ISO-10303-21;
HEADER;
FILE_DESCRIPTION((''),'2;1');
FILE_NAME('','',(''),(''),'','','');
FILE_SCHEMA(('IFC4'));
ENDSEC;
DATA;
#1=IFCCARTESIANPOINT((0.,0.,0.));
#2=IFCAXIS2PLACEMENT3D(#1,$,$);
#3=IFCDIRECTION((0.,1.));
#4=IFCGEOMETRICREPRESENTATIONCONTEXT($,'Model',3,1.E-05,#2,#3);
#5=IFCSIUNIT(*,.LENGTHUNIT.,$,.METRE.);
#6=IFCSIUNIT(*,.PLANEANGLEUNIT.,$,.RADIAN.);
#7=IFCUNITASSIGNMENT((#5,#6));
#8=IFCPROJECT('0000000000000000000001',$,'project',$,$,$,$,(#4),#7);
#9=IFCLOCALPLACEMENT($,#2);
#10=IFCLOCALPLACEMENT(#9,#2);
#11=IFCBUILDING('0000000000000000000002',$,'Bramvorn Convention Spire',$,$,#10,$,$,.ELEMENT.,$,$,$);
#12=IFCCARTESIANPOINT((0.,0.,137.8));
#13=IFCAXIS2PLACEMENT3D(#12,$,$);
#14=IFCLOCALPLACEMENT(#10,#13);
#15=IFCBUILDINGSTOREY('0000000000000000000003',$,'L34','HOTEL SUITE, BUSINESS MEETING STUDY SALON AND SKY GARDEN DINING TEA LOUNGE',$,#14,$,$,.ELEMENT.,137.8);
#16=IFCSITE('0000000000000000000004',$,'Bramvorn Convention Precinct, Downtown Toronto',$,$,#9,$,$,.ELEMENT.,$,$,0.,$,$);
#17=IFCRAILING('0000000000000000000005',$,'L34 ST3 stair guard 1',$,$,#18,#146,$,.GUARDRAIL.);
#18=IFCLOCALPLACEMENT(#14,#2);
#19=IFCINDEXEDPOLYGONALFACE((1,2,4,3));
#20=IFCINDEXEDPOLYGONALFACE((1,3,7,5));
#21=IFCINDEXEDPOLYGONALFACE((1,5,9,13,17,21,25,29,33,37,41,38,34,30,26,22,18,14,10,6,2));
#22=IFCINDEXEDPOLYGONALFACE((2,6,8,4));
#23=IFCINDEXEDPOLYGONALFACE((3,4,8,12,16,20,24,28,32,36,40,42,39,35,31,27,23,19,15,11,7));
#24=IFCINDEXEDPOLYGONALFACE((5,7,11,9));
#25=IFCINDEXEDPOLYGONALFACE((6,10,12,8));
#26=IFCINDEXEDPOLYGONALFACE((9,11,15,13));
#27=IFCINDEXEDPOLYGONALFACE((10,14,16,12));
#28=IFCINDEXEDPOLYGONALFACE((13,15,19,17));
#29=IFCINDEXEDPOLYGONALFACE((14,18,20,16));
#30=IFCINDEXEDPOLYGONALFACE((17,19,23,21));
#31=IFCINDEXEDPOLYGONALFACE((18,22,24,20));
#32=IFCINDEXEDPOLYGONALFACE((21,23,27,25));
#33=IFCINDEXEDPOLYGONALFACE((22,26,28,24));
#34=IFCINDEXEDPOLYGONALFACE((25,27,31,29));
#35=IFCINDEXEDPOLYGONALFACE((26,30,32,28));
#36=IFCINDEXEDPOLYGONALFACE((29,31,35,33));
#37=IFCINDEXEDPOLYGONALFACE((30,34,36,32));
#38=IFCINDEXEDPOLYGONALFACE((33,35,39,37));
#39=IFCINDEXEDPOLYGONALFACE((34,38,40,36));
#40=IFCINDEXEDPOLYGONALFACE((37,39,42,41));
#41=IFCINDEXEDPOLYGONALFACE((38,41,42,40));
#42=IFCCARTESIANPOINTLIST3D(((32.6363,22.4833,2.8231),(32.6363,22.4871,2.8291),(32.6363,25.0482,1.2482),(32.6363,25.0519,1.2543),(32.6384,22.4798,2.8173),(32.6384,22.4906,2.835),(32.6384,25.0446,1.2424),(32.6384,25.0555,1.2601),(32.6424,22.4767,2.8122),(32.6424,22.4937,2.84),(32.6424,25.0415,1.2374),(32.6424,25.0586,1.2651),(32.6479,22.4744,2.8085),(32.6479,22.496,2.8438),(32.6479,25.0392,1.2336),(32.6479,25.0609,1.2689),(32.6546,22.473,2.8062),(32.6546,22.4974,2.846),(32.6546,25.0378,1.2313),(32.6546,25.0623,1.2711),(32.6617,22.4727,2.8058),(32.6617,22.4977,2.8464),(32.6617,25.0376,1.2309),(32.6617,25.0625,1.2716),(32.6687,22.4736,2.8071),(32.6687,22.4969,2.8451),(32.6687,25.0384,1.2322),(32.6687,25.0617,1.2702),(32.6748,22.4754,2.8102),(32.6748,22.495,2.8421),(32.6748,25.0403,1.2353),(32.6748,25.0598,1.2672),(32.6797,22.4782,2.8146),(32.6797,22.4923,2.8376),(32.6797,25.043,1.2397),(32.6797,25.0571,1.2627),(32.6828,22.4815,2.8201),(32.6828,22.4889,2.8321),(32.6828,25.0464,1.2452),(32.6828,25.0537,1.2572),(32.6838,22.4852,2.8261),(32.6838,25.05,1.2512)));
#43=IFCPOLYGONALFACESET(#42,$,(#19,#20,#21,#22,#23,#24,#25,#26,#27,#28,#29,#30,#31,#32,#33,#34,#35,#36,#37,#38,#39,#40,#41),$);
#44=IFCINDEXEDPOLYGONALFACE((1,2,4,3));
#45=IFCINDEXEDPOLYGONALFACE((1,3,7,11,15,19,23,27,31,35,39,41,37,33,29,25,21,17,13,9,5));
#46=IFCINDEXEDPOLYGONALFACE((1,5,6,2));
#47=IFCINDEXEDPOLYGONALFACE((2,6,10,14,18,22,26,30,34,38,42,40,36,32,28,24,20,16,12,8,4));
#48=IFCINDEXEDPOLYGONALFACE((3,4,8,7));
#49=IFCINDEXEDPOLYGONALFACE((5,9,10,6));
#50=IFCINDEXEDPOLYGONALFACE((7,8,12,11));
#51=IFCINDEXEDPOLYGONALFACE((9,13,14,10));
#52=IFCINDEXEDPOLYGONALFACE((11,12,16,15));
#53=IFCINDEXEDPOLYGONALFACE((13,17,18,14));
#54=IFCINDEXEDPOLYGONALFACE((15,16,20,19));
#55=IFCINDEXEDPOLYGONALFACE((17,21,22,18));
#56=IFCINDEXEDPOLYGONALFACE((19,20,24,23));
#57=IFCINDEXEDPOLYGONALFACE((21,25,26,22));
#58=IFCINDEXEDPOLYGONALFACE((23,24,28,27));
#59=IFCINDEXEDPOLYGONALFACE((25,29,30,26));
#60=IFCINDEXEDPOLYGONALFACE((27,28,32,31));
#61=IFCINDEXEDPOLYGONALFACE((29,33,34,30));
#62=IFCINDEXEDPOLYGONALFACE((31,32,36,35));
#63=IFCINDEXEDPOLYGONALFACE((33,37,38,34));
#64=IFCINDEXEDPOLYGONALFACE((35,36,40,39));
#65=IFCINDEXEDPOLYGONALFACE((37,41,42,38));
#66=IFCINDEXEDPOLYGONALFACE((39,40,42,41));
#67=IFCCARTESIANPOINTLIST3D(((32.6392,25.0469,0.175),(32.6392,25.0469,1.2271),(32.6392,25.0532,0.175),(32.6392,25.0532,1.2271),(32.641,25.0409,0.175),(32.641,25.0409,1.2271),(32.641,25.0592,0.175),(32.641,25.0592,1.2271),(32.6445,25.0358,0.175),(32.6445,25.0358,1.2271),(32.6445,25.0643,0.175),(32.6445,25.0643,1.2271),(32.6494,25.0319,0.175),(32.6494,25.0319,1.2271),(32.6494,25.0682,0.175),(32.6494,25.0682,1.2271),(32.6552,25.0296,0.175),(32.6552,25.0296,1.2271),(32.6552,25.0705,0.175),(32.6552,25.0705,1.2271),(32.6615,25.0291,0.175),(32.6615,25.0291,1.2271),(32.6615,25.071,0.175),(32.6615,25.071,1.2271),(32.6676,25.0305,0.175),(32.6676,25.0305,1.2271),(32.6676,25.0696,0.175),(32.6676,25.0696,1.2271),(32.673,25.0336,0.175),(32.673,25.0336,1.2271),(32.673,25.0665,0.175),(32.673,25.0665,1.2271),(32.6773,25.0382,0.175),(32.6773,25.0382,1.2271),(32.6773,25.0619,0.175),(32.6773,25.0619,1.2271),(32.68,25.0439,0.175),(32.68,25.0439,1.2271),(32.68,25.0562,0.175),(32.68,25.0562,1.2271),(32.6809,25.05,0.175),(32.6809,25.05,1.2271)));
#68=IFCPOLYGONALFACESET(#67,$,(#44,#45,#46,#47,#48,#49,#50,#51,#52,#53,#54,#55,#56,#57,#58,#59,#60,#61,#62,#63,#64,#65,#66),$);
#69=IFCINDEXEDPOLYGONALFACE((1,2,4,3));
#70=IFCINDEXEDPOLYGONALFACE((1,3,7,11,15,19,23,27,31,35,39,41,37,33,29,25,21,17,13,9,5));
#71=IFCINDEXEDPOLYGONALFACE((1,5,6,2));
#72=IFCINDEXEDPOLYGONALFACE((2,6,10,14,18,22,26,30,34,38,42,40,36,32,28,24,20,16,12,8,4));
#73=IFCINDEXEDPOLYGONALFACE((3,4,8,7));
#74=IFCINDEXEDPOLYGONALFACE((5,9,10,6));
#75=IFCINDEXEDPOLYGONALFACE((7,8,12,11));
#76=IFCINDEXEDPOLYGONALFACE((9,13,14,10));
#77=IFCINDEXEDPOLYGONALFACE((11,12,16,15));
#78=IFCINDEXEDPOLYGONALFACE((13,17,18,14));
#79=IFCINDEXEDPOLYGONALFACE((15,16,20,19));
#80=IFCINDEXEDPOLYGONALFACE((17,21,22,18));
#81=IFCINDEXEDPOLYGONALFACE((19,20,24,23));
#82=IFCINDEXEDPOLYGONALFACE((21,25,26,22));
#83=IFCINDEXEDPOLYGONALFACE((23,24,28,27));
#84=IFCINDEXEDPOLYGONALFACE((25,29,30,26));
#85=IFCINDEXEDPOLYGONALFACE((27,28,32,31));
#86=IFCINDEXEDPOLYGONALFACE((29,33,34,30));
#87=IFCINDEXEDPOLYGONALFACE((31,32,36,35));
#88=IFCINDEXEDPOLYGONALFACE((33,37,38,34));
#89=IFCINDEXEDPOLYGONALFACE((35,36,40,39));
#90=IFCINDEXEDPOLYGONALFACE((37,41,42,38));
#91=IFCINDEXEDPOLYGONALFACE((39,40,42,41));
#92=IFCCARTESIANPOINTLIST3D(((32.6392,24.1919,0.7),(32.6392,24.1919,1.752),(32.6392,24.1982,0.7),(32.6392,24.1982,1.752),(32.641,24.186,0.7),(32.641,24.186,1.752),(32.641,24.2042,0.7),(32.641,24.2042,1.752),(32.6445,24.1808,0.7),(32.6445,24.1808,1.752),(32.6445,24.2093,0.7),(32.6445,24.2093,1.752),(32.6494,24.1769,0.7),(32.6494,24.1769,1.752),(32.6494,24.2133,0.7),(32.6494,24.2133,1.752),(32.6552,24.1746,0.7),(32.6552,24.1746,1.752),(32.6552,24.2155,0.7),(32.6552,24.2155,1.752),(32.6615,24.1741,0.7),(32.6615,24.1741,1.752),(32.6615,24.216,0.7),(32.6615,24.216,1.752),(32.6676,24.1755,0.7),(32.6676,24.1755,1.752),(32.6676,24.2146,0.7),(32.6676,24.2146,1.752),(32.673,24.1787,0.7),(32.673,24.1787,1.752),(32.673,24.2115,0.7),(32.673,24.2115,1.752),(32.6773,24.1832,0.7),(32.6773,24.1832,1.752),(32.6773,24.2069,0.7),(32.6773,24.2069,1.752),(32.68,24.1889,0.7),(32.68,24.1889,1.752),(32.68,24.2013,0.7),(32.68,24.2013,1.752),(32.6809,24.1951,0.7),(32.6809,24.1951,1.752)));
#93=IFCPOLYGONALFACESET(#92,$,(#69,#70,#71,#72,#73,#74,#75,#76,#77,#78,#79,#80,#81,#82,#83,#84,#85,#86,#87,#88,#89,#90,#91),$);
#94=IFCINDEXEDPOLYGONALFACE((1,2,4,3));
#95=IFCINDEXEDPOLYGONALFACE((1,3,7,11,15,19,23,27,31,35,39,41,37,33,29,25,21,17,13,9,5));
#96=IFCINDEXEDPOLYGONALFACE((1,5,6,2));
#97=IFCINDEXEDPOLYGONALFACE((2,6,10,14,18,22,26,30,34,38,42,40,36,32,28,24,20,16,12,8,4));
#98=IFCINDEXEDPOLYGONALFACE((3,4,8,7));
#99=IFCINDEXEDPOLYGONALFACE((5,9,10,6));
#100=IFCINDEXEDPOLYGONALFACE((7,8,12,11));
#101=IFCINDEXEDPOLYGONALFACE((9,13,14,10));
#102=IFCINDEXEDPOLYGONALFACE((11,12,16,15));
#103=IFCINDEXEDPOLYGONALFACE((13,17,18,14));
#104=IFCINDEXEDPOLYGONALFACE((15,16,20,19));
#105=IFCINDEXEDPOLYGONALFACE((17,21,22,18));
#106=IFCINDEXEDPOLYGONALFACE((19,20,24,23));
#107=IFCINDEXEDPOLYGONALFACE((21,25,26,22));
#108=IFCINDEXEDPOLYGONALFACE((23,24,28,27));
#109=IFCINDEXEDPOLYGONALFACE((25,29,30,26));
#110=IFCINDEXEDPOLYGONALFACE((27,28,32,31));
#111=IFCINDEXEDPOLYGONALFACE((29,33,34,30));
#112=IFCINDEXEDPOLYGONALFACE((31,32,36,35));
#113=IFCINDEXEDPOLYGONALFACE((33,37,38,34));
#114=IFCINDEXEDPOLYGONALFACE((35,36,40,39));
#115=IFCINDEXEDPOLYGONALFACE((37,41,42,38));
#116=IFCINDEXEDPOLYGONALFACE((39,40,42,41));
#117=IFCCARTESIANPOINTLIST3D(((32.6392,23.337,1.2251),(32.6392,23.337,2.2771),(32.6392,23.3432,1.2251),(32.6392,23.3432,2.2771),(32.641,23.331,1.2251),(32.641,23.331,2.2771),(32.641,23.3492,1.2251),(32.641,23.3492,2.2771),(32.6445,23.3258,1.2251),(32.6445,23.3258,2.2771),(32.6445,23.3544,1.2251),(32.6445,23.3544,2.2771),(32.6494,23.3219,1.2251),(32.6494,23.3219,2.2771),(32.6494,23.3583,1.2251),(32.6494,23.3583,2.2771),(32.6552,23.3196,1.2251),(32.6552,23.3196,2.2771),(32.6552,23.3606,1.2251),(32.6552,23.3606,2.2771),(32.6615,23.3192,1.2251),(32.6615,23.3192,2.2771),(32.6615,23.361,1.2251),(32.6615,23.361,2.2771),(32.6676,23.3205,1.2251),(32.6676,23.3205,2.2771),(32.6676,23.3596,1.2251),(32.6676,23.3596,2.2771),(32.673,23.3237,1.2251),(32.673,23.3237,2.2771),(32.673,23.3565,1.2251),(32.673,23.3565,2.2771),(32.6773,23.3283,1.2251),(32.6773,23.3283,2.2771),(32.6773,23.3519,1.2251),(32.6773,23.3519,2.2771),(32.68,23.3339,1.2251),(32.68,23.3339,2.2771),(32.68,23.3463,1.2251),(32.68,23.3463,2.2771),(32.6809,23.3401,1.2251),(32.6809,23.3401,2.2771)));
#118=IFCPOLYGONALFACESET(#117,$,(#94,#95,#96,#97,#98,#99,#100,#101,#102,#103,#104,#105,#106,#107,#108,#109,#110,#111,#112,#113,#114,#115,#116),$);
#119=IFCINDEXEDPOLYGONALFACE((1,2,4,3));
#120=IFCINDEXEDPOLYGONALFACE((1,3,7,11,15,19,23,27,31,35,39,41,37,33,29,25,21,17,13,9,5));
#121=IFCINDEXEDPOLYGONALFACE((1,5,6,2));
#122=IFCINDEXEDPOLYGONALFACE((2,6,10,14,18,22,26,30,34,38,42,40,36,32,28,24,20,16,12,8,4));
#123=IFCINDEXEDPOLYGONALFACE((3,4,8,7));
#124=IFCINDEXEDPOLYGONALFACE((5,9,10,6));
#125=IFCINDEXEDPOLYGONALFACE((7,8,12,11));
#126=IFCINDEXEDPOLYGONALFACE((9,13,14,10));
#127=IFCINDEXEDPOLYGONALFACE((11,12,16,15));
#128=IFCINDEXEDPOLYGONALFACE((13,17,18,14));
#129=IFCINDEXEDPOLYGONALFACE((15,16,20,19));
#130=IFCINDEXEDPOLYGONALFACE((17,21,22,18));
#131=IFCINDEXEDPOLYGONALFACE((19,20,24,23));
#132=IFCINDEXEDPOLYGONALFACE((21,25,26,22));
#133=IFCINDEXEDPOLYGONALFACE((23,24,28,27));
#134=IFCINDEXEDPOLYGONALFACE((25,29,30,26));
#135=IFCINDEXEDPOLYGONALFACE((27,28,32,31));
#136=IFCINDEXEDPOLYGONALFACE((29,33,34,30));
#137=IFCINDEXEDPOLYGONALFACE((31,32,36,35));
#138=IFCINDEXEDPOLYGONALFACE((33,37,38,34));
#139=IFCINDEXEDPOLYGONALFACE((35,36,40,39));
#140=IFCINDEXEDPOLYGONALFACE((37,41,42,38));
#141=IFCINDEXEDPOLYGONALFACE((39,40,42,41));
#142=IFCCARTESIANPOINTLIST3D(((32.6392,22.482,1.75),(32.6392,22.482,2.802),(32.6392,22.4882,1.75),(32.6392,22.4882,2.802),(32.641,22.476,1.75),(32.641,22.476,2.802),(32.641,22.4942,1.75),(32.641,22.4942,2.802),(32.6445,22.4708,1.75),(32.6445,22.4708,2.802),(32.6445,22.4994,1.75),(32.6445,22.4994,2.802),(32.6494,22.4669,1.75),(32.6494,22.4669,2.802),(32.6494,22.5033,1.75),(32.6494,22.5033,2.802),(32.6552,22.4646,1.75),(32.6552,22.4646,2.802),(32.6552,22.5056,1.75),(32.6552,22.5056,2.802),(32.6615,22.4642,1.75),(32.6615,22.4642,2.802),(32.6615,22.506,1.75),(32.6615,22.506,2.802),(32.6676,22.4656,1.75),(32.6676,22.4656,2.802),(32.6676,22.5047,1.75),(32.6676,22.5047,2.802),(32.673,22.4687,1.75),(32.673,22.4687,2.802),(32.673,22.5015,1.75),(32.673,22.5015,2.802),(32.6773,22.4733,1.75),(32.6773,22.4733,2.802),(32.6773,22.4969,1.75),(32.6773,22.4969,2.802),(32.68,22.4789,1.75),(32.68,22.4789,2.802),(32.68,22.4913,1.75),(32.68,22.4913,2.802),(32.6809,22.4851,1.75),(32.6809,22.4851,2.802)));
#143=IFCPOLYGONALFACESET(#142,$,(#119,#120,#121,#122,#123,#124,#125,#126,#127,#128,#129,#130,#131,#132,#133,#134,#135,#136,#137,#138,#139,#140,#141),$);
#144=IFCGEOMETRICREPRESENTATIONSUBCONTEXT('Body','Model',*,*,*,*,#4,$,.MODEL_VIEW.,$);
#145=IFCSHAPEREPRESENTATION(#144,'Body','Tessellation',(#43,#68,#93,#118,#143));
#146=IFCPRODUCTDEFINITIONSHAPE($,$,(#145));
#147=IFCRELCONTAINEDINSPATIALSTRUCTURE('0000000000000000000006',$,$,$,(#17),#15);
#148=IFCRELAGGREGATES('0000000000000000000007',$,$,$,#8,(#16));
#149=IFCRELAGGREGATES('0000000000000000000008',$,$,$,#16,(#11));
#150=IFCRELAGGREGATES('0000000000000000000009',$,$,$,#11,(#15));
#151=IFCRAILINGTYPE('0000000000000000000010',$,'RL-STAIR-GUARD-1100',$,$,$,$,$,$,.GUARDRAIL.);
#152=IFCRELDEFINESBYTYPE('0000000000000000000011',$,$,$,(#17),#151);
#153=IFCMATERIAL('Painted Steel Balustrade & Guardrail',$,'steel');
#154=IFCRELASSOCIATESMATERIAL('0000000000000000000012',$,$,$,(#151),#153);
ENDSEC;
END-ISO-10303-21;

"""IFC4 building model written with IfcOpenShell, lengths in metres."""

from ifc_helpers import new_model, si_unit, direction, frame, origin, origin_2d, place, context, subcontext, project, spatial, circle, extrude, material, type_object, element, save


model = new_model("IFC4")

# Units and contexts
model_context = context("Model", 3, precision=1e-05, world=origin(), true_north=direction((0.0, 1.0)))
body_context = subcontext(model_context, "Body", "Model", "MODEL_VIEW")
ifc_project = project(units=[si_unit("LENGTHUNIT", "METRE"), si_unit("PLANEANGLEUNIT", "RADIAN")], contexts=[model_context])

# Site, building, storey
site_placement = place(None, origin())
site = spatial("IfcSite", under=ifc_project, at=site_placement, Name="Bramvorn Convention Precinct, Downtown Toronto", CompositionType="ELEMENT", RefElevation=0.0)
building_placement = place(site_placement, origin())
building = spatial("IfcBuilding", under=site, at=building_placement, Name="Bramvorn Convention Spire", CompositionType="ELEMENT")
storey_placement = place(building_placement, frame((0.0, 0.0, 137.8)))
storey = spatial("IfcBuildingStorey", under=building, at=storey_placement, Name="L34", Description="HOTEL SUITE, BUSINESS MEETING STUDY SALON AND SKY GARDEN DINING TEA LOUNGE", CompositionType="ELEMENT", Elevation=137.8)

# Railing
ifc_material_1 = material(Name="Painted Steel Balustrade & Guardrail", Category="steel")
railing_type_1 = type_object("IfcRailingType", Name="RL-STAIR-GUARD-1100", PredefinedType="GUARDRAIL", material=ifc_material_1)
railing_1_placement = place(storey_placement, frame((32.6599, 25.05, 0.175)))
element("IfcRailing", 1, at=railing_1_placement, inside=storey, type_object=railing_type_1, Name="L34 ST3 stair guard 1", PredefinedType="GUARDRAIL", context=body_context, shape_type="SweptSolid", body=[
    extrude(circle(Radius=0.0239, at=origin_2d()), frame((0.0, 0.0, 1.0762), z_axis=(0.0, -0.852173, 0.52326), x_axis=(1.0, 0.0, 0.0)), (0.0, 0.0, 1.0), 3.0098),
    extrude(circle(Radius=0.021, at=origin_2d()), origin(), (0.0, 0.0, 1.0), 1.052),
    extrude(circle(Radius=0.021, at=origin_2d()), frame((0.0, -0.855, 0.5249)), (0.0, 0.0, 1.0), 1.052),
    extrude(circle(Radius=0.021, at=origin_2d()), frame((0.0, -1.71, 1.05)), (0.0, 0.0, 1.0), 1.052),
    extrude(circle(Radius=0.021, at=origin_2d()), frame((0.0, -2.5649, 1.575)), (0.0, 0.0, 1.0), 1.052),
])

save(model, "model.ifc")
